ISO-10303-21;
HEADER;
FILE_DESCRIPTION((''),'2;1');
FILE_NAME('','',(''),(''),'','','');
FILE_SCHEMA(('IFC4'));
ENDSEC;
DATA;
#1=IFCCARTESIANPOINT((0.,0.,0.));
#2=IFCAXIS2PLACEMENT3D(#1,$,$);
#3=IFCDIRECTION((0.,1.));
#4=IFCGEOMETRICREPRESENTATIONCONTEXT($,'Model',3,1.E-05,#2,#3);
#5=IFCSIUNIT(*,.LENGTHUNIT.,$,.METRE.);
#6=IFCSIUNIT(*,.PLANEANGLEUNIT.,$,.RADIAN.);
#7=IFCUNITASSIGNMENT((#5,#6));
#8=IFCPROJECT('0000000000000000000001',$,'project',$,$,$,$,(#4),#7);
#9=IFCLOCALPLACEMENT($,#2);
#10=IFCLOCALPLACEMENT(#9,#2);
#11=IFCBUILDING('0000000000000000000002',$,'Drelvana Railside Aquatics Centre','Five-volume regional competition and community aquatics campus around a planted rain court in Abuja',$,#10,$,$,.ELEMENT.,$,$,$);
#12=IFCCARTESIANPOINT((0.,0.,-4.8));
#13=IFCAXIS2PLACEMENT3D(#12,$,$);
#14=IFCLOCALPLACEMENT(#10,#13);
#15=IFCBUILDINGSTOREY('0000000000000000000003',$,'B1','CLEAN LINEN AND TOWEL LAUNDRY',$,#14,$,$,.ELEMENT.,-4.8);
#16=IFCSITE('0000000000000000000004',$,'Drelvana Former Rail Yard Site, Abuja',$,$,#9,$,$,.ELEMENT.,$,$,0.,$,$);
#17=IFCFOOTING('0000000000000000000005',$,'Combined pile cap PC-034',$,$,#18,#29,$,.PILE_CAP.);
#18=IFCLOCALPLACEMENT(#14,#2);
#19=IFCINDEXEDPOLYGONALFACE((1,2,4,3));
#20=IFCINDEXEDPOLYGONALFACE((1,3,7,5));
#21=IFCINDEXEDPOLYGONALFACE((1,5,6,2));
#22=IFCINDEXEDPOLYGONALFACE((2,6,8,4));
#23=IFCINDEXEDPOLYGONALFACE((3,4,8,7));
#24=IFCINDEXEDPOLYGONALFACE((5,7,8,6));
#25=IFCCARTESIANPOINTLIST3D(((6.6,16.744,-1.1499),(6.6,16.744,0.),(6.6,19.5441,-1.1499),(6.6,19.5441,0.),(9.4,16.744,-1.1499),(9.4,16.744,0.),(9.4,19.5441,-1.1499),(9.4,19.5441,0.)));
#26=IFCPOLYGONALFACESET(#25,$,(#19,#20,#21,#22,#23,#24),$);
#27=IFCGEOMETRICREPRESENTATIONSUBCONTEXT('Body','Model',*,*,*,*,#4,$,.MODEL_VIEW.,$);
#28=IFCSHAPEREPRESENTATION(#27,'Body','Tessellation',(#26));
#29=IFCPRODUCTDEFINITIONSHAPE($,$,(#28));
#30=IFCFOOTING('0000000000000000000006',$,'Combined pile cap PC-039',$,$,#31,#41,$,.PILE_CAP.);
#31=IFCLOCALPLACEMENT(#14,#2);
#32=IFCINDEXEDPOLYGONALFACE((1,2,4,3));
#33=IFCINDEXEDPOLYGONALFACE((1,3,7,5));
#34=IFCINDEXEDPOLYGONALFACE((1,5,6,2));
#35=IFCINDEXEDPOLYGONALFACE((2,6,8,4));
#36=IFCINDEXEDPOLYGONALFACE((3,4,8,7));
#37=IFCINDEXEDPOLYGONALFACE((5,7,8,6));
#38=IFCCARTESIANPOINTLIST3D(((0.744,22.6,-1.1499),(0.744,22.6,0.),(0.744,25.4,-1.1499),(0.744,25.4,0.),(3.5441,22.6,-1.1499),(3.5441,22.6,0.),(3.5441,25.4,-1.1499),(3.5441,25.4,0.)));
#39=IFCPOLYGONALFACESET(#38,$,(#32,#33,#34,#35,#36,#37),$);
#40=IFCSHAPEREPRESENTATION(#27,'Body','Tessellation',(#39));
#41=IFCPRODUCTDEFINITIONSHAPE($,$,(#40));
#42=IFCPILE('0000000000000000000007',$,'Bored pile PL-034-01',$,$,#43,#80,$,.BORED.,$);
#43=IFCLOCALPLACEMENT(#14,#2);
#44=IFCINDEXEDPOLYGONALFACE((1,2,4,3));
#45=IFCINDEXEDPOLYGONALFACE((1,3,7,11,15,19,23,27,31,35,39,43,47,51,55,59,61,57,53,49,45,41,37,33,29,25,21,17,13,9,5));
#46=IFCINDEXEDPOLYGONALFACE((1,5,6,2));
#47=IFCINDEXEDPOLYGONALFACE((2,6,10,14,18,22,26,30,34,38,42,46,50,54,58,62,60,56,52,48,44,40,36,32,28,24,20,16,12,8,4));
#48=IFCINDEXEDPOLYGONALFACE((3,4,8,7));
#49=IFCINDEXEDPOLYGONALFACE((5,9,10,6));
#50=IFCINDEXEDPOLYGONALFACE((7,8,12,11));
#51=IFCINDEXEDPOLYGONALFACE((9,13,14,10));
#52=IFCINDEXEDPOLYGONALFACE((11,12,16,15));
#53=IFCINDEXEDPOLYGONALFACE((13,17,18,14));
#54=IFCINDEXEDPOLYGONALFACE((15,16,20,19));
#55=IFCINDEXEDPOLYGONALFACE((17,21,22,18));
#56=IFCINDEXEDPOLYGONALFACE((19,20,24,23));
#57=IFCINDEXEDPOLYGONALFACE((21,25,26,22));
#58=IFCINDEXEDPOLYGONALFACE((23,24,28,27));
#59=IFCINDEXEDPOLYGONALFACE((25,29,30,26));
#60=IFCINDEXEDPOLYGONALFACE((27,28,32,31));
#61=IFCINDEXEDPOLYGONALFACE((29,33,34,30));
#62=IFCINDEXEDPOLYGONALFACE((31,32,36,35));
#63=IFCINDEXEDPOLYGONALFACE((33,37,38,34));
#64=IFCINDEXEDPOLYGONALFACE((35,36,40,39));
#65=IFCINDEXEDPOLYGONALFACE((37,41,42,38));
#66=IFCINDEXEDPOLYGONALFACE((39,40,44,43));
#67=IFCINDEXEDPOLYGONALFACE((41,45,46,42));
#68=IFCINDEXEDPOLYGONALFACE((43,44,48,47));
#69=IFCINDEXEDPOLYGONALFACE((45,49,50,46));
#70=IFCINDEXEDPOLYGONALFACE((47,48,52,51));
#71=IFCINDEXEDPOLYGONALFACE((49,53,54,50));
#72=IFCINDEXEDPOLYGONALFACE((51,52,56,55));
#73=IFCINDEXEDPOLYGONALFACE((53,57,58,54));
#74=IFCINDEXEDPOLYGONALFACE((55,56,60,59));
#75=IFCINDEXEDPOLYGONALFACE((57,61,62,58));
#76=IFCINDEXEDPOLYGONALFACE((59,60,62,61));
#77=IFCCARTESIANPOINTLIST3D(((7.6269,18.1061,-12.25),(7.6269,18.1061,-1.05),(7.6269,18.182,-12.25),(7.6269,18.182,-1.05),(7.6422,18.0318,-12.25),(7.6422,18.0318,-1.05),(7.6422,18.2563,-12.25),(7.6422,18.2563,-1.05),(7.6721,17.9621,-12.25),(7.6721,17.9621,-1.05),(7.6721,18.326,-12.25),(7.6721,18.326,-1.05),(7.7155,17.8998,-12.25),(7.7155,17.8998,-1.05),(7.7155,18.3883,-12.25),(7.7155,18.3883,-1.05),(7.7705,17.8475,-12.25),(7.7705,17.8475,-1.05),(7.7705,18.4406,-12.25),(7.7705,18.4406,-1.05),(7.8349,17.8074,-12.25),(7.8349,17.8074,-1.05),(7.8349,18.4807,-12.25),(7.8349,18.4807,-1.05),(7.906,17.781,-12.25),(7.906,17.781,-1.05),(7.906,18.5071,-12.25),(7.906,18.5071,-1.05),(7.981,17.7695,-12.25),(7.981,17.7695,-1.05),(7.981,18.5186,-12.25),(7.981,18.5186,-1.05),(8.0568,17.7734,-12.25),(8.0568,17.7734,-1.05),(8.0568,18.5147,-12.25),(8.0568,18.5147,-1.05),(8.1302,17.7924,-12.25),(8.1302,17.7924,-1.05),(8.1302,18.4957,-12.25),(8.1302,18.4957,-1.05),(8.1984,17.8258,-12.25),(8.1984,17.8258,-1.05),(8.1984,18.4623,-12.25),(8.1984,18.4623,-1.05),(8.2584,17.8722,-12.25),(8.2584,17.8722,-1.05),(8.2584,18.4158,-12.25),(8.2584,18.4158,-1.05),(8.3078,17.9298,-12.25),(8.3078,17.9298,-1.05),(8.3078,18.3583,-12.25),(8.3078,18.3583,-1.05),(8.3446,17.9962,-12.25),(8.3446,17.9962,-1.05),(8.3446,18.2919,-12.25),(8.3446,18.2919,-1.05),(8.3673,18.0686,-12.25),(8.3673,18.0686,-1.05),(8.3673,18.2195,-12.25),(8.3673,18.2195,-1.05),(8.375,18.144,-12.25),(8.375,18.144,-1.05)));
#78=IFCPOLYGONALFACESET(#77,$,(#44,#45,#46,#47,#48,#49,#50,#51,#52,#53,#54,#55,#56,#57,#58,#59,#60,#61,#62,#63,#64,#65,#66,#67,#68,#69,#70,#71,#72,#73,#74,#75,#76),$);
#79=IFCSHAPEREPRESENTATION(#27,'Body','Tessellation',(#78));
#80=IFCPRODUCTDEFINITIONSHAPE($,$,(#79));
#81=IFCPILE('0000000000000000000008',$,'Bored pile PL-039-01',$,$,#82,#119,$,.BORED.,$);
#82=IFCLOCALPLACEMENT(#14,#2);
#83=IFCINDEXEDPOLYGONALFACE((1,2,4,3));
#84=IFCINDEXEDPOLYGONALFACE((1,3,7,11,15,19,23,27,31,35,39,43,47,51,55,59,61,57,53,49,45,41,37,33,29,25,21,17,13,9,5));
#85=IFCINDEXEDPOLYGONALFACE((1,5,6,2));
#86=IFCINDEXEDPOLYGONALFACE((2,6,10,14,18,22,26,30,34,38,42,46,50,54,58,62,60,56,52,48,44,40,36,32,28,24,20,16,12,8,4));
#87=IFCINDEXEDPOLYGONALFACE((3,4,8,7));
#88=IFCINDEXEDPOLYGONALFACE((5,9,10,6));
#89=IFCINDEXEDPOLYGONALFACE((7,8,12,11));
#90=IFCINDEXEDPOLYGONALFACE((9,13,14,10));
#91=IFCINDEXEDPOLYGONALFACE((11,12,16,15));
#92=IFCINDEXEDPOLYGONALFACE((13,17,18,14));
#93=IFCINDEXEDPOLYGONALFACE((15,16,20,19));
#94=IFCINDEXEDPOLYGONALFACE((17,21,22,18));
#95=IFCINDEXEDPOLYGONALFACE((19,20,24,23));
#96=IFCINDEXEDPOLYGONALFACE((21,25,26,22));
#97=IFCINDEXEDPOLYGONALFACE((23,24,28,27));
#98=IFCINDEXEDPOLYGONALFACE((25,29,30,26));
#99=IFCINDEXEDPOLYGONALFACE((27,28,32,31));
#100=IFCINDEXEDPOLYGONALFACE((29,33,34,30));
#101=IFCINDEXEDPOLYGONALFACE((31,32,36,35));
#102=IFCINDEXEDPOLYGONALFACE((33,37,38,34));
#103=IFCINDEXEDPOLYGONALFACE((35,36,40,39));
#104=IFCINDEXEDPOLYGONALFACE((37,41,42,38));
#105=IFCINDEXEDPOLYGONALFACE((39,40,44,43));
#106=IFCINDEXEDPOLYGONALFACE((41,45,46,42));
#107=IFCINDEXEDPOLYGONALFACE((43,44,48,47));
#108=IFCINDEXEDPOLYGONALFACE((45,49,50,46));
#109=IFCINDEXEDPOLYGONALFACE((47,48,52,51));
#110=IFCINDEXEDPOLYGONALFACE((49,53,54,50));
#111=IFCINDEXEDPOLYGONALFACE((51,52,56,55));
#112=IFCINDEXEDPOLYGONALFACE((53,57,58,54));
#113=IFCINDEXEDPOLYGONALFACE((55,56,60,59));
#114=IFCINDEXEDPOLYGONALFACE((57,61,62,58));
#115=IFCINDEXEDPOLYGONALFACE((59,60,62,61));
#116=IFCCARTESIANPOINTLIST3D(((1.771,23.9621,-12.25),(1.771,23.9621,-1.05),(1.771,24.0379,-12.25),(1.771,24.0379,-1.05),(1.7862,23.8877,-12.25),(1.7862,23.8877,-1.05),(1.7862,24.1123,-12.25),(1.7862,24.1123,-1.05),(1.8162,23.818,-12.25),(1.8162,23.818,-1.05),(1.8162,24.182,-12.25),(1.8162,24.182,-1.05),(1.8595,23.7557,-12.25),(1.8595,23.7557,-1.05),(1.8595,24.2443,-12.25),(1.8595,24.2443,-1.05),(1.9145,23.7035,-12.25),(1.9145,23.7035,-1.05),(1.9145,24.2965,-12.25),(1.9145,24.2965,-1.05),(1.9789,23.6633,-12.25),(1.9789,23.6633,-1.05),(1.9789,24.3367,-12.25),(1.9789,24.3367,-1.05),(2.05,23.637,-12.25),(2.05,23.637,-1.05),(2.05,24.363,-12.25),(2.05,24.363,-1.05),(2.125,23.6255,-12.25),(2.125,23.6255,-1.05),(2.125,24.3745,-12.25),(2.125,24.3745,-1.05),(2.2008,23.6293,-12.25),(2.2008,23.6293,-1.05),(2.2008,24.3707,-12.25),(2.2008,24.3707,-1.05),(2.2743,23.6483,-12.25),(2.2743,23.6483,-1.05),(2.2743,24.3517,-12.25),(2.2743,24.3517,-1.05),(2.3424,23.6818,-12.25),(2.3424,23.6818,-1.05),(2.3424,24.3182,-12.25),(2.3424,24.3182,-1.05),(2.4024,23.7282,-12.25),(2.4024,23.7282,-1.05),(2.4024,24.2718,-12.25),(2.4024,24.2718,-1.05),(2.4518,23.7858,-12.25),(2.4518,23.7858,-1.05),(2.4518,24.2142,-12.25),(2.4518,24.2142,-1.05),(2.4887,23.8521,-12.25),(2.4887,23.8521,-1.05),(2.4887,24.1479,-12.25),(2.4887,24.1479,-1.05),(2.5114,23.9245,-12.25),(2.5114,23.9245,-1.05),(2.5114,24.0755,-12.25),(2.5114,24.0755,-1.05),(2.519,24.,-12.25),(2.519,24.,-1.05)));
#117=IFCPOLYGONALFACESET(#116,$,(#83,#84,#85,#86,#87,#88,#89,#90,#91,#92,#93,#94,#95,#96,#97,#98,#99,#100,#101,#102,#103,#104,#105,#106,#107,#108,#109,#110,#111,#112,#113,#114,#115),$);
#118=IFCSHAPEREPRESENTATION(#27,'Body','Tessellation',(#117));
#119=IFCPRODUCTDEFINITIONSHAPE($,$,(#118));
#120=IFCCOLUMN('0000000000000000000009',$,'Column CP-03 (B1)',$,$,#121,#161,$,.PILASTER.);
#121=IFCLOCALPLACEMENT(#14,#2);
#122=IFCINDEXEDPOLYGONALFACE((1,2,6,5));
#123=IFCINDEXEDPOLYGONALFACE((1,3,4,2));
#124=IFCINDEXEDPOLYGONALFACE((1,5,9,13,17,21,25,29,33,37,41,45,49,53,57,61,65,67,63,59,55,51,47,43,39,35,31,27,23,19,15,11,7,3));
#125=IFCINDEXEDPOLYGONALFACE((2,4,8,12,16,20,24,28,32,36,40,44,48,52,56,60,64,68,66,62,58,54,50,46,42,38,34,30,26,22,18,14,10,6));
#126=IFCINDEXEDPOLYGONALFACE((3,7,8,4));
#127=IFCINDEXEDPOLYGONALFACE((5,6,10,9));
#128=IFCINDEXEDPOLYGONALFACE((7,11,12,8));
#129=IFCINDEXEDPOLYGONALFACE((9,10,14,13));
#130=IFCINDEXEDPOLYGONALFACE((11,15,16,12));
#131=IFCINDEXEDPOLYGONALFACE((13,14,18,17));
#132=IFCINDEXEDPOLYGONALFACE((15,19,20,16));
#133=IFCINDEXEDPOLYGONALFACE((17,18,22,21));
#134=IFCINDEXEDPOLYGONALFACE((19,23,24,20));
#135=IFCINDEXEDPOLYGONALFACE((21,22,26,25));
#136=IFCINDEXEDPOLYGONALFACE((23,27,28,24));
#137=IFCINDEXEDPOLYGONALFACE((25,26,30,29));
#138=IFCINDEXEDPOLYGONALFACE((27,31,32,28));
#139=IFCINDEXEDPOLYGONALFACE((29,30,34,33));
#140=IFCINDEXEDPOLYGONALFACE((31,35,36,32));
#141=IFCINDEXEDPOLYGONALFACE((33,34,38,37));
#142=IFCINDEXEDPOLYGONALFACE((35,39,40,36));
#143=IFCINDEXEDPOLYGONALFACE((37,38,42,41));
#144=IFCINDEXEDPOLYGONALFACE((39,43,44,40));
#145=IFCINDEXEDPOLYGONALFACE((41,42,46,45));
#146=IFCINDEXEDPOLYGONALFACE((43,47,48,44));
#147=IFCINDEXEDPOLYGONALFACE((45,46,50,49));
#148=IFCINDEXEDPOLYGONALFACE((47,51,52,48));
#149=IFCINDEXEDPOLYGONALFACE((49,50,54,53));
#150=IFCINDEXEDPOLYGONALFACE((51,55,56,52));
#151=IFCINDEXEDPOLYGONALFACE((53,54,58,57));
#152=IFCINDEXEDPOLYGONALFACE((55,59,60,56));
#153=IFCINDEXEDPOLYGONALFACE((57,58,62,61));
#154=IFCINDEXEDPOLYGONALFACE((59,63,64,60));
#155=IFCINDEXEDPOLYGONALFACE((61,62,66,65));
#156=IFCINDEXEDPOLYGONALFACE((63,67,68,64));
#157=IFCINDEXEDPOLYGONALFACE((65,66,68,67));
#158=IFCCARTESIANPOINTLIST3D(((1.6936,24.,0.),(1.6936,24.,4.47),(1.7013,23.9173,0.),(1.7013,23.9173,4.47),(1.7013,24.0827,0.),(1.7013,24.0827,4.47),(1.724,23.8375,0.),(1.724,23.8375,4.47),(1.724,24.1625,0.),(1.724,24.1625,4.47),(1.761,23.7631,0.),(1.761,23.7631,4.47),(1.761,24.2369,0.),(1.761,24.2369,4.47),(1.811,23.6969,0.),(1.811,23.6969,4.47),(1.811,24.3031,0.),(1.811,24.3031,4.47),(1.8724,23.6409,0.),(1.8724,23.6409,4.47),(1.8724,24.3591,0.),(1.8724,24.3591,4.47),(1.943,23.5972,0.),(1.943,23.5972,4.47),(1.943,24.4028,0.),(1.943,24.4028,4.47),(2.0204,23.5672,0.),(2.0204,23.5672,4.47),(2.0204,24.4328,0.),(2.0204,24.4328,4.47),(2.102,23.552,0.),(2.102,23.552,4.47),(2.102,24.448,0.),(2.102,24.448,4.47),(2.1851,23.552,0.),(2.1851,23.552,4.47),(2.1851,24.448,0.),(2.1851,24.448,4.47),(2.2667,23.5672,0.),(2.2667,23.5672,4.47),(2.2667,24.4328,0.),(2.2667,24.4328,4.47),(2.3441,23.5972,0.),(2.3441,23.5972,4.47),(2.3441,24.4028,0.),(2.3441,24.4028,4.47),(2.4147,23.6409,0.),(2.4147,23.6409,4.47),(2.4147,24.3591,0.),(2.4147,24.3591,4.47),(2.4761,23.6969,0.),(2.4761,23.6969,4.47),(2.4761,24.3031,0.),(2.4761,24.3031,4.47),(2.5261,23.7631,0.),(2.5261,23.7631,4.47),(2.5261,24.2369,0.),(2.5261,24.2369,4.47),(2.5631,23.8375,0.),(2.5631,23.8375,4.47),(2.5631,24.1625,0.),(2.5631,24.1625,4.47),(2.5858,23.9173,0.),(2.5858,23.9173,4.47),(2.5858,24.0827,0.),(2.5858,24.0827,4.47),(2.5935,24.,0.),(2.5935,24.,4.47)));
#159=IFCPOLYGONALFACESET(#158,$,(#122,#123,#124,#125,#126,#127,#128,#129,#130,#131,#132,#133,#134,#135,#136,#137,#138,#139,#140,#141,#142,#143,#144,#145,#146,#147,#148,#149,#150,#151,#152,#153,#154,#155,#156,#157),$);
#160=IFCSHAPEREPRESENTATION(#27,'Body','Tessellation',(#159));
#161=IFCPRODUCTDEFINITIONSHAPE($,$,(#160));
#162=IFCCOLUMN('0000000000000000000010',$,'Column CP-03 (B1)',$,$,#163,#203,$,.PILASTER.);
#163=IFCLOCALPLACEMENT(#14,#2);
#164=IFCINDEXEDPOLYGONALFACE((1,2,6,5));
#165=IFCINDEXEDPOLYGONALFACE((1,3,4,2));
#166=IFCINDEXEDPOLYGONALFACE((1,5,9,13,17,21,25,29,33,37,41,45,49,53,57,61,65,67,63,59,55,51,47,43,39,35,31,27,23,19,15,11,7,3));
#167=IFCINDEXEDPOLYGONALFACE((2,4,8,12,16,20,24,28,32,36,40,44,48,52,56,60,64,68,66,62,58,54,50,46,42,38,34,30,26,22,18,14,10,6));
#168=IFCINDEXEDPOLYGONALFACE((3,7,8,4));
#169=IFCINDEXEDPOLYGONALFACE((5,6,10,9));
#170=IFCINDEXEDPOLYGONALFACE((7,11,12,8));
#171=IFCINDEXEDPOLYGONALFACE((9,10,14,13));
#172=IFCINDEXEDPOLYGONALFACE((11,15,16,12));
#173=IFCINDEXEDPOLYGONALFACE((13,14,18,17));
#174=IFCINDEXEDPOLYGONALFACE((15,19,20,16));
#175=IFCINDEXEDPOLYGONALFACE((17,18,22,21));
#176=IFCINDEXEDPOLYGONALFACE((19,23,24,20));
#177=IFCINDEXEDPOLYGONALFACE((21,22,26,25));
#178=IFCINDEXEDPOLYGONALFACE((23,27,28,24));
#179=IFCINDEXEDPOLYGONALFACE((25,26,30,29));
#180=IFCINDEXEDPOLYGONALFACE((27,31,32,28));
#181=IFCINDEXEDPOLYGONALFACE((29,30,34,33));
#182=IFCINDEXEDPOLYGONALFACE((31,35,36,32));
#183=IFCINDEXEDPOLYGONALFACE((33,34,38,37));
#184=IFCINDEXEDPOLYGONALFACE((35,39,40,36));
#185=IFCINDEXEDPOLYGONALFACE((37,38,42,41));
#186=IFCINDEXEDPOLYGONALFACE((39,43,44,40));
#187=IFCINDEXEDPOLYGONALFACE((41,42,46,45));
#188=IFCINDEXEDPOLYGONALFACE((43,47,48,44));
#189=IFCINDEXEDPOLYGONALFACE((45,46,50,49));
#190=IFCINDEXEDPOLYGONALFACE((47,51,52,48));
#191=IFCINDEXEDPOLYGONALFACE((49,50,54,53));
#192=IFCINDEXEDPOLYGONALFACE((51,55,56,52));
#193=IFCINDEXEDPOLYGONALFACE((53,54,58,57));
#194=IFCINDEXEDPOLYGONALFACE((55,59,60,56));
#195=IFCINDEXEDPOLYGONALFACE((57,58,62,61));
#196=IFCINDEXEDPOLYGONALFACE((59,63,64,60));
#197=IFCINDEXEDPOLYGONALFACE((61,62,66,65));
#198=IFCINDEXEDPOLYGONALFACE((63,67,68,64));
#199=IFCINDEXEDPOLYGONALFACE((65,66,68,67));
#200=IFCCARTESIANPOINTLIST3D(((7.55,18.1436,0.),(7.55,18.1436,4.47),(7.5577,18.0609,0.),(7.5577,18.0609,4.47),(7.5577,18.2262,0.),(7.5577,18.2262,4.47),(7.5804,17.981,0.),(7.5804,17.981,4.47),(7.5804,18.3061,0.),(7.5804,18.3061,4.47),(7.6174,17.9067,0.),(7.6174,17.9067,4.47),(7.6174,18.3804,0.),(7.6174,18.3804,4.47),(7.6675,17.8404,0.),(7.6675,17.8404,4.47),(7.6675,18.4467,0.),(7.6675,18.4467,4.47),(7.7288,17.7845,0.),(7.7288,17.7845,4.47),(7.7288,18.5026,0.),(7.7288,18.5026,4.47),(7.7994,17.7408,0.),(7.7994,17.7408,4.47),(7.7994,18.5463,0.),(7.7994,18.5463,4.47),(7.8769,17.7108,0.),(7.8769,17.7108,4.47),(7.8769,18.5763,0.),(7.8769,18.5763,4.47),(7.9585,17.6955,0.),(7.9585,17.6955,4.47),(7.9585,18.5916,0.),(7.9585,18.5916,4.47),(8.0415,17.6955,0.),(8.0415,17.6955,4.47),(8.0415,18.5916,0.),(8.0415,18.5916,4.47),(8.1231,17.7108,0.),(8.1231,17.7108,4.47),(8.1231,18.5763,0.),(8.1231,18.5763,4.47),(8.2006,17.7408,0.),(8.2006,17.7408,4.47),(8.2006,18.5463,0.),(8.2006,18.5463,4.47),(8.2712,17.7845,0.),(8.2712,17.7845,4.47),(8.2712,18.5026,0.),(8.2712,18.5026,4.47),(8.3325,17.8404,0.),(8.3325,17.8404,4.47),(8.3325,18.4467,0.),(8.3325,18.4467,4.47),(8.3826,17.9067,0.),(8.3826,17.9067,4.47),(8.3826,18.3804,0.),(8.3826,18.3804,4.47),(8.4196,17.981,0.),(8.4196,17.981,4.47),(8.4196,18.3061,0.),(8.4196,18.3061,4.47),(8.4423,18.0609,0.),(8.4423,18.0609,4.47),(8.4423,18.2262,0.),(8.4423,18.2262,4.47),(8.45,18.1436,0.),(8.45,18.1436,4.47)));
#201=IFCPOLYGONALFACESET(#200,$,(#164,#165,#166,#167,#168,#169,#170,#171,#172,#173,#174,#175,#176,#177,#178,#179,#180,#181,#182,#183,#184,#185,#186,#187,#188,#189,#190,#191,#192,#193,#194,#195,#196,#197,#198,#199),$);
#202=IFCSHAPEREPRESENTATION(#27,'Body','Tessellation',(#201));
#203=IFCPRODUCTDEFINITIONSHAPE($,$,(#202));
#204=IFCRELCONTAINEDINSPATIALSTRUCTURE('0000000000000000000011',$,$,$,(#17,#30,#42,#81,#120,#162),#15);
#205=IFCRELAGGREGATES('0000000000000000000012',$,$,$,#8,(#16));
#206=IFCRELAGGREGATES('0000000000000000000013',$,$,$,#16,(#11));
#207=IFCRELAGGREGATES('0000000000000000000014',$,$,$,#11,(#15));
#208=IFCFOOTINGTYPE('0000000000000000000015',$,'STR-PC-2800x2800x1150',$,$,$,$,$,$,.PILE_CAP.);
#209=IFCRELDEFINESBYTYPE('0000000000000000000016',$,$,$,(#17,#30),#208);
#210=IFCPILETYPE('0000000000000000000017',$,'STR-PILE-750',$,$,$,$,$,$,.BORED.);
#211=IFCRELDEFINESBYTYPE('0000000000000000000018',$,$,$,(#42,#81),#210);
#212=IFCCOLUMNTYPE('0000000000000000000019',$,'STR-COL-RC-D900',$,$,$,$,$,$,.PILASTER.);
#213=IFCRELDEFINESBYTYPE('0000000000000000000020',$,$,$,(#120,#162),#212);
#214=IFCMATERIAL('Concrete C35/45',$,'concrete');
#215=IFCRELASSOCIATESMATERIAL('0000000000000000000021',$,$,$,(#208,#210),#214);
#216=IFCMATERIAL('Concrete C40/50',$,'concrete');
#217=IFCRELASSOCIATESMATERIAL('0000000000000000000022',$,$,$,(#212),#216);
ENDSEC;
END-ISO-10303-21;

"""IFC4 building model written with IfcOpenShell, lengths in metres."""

from ifc_helpers import new_model, si_unit, direction, frame, origin, origin_2d, place, context, subcontext, project, spatial, rectangle, circle, extrude, material, material_profile, profile_set, type_object, element, save


model = new_model("IFC4")

# Units and contexts
model_context = context("Model", 3, precision=1e-05, world=origin(), true_north=direction((0.0, 1.0)))
body_context = subcontext(model_context, "Body", "Model", "MODEL_VIEW")
ifc_project = project(units=[si_unit("LENGTHUNIT", "METRE"), si_unit("PLANEANGLEUNIT", "RADIAN")], contexts=[model_context])

# Site, building, storey
site_placement = place(None, origin())
site = spatial("IfcSite", under=ifc_project, at=site_placement, Name="Drelvana Former Rail Yard Site, Abuja", CompositionType="ELEMENT", RefElevation=0.0)
building_placement = place(site_placement, origin())
building = spatial("IfcBuilding", under=site, at=building_placement, Name="Drelvana Railside Aquatics Centre", Description="Five-volume regional competition and community aquatics campus around a planted rain court in Abuja", CompositionType="ELEMENT")
storey_placement = place(building_placement, frame((0.0, 0.0, -4.8)))
storey = spatial("IfcBuildingStorey", under=building, at=storey_placement, Name="B1", Description="CLEAN LINEN AND TOWEL LAUNDRY", CompositionType="ELEMENT", Elevation=-4.8)

# Footings
ifc_material_1 = material(Name="Concrete C35/45", Category="concrete")
footing_type = type_object("IfcFootingType", Name="STR-PC-2800x2800x1150", PredefinedType="PILE_CAP", material=ifc_material_1)
for number, where, z_axis, x_axis, name in (
    (1, (8.0, 18.144, -1.1499), (0.0, 0.0, 1.0), (1.0, 0.0, 0.0), "Combined pile cap PC-034"),
    (2, (2.144, 24.0, -1.1499), (0.0, 0.0, 1.0), (1.0, 0.0, 0.0), "Combined pile cap PC-039"),
):
    element("IfcFooting", number, at=place(storey_placement, frame(where, z_axis=z_axis, x_axis=x_axis)), inside=storey, type_object=footing_type, Name=name, PredefinedType="PILE_CAP", context=body_context, shape_type="SweptSolid", body=[
        extrude(rectangle(XDim=2.8, YDim=2.8, at=origin_2d()), origin(), (0.0, 0.0, 1.0), 1.1499),
    ])

# Piles
ifc_material_profile_1 = material_profile(ifc_material_1, circle(Radius=0.375, at=origin_2d()), Name="PILE D750")
ifc_profile_set_1 = profile_set([ifc_material_profile_1], Name="Concrete C35/45")
pile_type = type_object("IfcPileType", Name="STR-PILE-750", PredefinedType="BORED", material=ifc_profile_set_1)
for number, where, z_axis, x_axis, name in (
    (3, (8.0, 18.144, -1.05), (0.0, 0.0, -1.0), (1.0, 0.0, 0.0), "Bored pile PL-034-01"),
    (4, (2.144, 24.0, -1.05), (0.0, 0.0, -1.0), (1.0, 0.0, 0.0), "Bored pile PL-039-01"),
):
    element("IfcPile", number, at=place(storey_placement, frame(where, z_axis=z_axis, x_axis=x_axis)), inside=storey, type_object=pile_type, Name=name, PredefinedType="BORED", context=body_context, shape_type="SweptSolid", body=[
        extrude(circle(Radius=0.375, at=origin_2d()), origin(), (0.0, 0.0, 1.0), 11.2),
    ])

# Columns
ifc_material_2 = material(Name="Concrete C40/50", Category="concrete")
ifc_material_profile_2 = material_profile(ifc_material_2, circle(Radius=0.45, at=origin_2d()), Name="RC D900")
ifc_profile_set_2 = profile_set([ifc_material_profile_2], Name="Concrete C40/50")
column_type_1 = type_object("IfcColumnType", Name="STR-COL-RC-D900", PredefinedType="PILASTER", material=ifc_profile_set_2)
for number, where, z_axis, x_axis, name in (
    (5, (2.1436, 24.0, 0.0), (0.0, 0.0, 1.0), (1.0, 0.0, 0.0), "Column CP-03 (B1)"),
    (6, (8.0, 18.1436, 0.0), (0.0, 0.0, 1.0), (1.0, 0.0, 0.0), "Column CP-03 (B1)"),
):
    element("IfcColumn", number, at=place(storey_placement, frame(where, z_axis=z_axis, x_axis=x_axis)), inside=storey, type_object=column_type_1, Name=name, PredefinedType="PILASTER", context=body_context, shape_type="SweptSolid", body=[
        extrude(circle(Radius=0.45, at=origin_2d()), origin(), (0.0, 0.0, 1.0), 4.47),
    ])

save(model, "model.ifc")
